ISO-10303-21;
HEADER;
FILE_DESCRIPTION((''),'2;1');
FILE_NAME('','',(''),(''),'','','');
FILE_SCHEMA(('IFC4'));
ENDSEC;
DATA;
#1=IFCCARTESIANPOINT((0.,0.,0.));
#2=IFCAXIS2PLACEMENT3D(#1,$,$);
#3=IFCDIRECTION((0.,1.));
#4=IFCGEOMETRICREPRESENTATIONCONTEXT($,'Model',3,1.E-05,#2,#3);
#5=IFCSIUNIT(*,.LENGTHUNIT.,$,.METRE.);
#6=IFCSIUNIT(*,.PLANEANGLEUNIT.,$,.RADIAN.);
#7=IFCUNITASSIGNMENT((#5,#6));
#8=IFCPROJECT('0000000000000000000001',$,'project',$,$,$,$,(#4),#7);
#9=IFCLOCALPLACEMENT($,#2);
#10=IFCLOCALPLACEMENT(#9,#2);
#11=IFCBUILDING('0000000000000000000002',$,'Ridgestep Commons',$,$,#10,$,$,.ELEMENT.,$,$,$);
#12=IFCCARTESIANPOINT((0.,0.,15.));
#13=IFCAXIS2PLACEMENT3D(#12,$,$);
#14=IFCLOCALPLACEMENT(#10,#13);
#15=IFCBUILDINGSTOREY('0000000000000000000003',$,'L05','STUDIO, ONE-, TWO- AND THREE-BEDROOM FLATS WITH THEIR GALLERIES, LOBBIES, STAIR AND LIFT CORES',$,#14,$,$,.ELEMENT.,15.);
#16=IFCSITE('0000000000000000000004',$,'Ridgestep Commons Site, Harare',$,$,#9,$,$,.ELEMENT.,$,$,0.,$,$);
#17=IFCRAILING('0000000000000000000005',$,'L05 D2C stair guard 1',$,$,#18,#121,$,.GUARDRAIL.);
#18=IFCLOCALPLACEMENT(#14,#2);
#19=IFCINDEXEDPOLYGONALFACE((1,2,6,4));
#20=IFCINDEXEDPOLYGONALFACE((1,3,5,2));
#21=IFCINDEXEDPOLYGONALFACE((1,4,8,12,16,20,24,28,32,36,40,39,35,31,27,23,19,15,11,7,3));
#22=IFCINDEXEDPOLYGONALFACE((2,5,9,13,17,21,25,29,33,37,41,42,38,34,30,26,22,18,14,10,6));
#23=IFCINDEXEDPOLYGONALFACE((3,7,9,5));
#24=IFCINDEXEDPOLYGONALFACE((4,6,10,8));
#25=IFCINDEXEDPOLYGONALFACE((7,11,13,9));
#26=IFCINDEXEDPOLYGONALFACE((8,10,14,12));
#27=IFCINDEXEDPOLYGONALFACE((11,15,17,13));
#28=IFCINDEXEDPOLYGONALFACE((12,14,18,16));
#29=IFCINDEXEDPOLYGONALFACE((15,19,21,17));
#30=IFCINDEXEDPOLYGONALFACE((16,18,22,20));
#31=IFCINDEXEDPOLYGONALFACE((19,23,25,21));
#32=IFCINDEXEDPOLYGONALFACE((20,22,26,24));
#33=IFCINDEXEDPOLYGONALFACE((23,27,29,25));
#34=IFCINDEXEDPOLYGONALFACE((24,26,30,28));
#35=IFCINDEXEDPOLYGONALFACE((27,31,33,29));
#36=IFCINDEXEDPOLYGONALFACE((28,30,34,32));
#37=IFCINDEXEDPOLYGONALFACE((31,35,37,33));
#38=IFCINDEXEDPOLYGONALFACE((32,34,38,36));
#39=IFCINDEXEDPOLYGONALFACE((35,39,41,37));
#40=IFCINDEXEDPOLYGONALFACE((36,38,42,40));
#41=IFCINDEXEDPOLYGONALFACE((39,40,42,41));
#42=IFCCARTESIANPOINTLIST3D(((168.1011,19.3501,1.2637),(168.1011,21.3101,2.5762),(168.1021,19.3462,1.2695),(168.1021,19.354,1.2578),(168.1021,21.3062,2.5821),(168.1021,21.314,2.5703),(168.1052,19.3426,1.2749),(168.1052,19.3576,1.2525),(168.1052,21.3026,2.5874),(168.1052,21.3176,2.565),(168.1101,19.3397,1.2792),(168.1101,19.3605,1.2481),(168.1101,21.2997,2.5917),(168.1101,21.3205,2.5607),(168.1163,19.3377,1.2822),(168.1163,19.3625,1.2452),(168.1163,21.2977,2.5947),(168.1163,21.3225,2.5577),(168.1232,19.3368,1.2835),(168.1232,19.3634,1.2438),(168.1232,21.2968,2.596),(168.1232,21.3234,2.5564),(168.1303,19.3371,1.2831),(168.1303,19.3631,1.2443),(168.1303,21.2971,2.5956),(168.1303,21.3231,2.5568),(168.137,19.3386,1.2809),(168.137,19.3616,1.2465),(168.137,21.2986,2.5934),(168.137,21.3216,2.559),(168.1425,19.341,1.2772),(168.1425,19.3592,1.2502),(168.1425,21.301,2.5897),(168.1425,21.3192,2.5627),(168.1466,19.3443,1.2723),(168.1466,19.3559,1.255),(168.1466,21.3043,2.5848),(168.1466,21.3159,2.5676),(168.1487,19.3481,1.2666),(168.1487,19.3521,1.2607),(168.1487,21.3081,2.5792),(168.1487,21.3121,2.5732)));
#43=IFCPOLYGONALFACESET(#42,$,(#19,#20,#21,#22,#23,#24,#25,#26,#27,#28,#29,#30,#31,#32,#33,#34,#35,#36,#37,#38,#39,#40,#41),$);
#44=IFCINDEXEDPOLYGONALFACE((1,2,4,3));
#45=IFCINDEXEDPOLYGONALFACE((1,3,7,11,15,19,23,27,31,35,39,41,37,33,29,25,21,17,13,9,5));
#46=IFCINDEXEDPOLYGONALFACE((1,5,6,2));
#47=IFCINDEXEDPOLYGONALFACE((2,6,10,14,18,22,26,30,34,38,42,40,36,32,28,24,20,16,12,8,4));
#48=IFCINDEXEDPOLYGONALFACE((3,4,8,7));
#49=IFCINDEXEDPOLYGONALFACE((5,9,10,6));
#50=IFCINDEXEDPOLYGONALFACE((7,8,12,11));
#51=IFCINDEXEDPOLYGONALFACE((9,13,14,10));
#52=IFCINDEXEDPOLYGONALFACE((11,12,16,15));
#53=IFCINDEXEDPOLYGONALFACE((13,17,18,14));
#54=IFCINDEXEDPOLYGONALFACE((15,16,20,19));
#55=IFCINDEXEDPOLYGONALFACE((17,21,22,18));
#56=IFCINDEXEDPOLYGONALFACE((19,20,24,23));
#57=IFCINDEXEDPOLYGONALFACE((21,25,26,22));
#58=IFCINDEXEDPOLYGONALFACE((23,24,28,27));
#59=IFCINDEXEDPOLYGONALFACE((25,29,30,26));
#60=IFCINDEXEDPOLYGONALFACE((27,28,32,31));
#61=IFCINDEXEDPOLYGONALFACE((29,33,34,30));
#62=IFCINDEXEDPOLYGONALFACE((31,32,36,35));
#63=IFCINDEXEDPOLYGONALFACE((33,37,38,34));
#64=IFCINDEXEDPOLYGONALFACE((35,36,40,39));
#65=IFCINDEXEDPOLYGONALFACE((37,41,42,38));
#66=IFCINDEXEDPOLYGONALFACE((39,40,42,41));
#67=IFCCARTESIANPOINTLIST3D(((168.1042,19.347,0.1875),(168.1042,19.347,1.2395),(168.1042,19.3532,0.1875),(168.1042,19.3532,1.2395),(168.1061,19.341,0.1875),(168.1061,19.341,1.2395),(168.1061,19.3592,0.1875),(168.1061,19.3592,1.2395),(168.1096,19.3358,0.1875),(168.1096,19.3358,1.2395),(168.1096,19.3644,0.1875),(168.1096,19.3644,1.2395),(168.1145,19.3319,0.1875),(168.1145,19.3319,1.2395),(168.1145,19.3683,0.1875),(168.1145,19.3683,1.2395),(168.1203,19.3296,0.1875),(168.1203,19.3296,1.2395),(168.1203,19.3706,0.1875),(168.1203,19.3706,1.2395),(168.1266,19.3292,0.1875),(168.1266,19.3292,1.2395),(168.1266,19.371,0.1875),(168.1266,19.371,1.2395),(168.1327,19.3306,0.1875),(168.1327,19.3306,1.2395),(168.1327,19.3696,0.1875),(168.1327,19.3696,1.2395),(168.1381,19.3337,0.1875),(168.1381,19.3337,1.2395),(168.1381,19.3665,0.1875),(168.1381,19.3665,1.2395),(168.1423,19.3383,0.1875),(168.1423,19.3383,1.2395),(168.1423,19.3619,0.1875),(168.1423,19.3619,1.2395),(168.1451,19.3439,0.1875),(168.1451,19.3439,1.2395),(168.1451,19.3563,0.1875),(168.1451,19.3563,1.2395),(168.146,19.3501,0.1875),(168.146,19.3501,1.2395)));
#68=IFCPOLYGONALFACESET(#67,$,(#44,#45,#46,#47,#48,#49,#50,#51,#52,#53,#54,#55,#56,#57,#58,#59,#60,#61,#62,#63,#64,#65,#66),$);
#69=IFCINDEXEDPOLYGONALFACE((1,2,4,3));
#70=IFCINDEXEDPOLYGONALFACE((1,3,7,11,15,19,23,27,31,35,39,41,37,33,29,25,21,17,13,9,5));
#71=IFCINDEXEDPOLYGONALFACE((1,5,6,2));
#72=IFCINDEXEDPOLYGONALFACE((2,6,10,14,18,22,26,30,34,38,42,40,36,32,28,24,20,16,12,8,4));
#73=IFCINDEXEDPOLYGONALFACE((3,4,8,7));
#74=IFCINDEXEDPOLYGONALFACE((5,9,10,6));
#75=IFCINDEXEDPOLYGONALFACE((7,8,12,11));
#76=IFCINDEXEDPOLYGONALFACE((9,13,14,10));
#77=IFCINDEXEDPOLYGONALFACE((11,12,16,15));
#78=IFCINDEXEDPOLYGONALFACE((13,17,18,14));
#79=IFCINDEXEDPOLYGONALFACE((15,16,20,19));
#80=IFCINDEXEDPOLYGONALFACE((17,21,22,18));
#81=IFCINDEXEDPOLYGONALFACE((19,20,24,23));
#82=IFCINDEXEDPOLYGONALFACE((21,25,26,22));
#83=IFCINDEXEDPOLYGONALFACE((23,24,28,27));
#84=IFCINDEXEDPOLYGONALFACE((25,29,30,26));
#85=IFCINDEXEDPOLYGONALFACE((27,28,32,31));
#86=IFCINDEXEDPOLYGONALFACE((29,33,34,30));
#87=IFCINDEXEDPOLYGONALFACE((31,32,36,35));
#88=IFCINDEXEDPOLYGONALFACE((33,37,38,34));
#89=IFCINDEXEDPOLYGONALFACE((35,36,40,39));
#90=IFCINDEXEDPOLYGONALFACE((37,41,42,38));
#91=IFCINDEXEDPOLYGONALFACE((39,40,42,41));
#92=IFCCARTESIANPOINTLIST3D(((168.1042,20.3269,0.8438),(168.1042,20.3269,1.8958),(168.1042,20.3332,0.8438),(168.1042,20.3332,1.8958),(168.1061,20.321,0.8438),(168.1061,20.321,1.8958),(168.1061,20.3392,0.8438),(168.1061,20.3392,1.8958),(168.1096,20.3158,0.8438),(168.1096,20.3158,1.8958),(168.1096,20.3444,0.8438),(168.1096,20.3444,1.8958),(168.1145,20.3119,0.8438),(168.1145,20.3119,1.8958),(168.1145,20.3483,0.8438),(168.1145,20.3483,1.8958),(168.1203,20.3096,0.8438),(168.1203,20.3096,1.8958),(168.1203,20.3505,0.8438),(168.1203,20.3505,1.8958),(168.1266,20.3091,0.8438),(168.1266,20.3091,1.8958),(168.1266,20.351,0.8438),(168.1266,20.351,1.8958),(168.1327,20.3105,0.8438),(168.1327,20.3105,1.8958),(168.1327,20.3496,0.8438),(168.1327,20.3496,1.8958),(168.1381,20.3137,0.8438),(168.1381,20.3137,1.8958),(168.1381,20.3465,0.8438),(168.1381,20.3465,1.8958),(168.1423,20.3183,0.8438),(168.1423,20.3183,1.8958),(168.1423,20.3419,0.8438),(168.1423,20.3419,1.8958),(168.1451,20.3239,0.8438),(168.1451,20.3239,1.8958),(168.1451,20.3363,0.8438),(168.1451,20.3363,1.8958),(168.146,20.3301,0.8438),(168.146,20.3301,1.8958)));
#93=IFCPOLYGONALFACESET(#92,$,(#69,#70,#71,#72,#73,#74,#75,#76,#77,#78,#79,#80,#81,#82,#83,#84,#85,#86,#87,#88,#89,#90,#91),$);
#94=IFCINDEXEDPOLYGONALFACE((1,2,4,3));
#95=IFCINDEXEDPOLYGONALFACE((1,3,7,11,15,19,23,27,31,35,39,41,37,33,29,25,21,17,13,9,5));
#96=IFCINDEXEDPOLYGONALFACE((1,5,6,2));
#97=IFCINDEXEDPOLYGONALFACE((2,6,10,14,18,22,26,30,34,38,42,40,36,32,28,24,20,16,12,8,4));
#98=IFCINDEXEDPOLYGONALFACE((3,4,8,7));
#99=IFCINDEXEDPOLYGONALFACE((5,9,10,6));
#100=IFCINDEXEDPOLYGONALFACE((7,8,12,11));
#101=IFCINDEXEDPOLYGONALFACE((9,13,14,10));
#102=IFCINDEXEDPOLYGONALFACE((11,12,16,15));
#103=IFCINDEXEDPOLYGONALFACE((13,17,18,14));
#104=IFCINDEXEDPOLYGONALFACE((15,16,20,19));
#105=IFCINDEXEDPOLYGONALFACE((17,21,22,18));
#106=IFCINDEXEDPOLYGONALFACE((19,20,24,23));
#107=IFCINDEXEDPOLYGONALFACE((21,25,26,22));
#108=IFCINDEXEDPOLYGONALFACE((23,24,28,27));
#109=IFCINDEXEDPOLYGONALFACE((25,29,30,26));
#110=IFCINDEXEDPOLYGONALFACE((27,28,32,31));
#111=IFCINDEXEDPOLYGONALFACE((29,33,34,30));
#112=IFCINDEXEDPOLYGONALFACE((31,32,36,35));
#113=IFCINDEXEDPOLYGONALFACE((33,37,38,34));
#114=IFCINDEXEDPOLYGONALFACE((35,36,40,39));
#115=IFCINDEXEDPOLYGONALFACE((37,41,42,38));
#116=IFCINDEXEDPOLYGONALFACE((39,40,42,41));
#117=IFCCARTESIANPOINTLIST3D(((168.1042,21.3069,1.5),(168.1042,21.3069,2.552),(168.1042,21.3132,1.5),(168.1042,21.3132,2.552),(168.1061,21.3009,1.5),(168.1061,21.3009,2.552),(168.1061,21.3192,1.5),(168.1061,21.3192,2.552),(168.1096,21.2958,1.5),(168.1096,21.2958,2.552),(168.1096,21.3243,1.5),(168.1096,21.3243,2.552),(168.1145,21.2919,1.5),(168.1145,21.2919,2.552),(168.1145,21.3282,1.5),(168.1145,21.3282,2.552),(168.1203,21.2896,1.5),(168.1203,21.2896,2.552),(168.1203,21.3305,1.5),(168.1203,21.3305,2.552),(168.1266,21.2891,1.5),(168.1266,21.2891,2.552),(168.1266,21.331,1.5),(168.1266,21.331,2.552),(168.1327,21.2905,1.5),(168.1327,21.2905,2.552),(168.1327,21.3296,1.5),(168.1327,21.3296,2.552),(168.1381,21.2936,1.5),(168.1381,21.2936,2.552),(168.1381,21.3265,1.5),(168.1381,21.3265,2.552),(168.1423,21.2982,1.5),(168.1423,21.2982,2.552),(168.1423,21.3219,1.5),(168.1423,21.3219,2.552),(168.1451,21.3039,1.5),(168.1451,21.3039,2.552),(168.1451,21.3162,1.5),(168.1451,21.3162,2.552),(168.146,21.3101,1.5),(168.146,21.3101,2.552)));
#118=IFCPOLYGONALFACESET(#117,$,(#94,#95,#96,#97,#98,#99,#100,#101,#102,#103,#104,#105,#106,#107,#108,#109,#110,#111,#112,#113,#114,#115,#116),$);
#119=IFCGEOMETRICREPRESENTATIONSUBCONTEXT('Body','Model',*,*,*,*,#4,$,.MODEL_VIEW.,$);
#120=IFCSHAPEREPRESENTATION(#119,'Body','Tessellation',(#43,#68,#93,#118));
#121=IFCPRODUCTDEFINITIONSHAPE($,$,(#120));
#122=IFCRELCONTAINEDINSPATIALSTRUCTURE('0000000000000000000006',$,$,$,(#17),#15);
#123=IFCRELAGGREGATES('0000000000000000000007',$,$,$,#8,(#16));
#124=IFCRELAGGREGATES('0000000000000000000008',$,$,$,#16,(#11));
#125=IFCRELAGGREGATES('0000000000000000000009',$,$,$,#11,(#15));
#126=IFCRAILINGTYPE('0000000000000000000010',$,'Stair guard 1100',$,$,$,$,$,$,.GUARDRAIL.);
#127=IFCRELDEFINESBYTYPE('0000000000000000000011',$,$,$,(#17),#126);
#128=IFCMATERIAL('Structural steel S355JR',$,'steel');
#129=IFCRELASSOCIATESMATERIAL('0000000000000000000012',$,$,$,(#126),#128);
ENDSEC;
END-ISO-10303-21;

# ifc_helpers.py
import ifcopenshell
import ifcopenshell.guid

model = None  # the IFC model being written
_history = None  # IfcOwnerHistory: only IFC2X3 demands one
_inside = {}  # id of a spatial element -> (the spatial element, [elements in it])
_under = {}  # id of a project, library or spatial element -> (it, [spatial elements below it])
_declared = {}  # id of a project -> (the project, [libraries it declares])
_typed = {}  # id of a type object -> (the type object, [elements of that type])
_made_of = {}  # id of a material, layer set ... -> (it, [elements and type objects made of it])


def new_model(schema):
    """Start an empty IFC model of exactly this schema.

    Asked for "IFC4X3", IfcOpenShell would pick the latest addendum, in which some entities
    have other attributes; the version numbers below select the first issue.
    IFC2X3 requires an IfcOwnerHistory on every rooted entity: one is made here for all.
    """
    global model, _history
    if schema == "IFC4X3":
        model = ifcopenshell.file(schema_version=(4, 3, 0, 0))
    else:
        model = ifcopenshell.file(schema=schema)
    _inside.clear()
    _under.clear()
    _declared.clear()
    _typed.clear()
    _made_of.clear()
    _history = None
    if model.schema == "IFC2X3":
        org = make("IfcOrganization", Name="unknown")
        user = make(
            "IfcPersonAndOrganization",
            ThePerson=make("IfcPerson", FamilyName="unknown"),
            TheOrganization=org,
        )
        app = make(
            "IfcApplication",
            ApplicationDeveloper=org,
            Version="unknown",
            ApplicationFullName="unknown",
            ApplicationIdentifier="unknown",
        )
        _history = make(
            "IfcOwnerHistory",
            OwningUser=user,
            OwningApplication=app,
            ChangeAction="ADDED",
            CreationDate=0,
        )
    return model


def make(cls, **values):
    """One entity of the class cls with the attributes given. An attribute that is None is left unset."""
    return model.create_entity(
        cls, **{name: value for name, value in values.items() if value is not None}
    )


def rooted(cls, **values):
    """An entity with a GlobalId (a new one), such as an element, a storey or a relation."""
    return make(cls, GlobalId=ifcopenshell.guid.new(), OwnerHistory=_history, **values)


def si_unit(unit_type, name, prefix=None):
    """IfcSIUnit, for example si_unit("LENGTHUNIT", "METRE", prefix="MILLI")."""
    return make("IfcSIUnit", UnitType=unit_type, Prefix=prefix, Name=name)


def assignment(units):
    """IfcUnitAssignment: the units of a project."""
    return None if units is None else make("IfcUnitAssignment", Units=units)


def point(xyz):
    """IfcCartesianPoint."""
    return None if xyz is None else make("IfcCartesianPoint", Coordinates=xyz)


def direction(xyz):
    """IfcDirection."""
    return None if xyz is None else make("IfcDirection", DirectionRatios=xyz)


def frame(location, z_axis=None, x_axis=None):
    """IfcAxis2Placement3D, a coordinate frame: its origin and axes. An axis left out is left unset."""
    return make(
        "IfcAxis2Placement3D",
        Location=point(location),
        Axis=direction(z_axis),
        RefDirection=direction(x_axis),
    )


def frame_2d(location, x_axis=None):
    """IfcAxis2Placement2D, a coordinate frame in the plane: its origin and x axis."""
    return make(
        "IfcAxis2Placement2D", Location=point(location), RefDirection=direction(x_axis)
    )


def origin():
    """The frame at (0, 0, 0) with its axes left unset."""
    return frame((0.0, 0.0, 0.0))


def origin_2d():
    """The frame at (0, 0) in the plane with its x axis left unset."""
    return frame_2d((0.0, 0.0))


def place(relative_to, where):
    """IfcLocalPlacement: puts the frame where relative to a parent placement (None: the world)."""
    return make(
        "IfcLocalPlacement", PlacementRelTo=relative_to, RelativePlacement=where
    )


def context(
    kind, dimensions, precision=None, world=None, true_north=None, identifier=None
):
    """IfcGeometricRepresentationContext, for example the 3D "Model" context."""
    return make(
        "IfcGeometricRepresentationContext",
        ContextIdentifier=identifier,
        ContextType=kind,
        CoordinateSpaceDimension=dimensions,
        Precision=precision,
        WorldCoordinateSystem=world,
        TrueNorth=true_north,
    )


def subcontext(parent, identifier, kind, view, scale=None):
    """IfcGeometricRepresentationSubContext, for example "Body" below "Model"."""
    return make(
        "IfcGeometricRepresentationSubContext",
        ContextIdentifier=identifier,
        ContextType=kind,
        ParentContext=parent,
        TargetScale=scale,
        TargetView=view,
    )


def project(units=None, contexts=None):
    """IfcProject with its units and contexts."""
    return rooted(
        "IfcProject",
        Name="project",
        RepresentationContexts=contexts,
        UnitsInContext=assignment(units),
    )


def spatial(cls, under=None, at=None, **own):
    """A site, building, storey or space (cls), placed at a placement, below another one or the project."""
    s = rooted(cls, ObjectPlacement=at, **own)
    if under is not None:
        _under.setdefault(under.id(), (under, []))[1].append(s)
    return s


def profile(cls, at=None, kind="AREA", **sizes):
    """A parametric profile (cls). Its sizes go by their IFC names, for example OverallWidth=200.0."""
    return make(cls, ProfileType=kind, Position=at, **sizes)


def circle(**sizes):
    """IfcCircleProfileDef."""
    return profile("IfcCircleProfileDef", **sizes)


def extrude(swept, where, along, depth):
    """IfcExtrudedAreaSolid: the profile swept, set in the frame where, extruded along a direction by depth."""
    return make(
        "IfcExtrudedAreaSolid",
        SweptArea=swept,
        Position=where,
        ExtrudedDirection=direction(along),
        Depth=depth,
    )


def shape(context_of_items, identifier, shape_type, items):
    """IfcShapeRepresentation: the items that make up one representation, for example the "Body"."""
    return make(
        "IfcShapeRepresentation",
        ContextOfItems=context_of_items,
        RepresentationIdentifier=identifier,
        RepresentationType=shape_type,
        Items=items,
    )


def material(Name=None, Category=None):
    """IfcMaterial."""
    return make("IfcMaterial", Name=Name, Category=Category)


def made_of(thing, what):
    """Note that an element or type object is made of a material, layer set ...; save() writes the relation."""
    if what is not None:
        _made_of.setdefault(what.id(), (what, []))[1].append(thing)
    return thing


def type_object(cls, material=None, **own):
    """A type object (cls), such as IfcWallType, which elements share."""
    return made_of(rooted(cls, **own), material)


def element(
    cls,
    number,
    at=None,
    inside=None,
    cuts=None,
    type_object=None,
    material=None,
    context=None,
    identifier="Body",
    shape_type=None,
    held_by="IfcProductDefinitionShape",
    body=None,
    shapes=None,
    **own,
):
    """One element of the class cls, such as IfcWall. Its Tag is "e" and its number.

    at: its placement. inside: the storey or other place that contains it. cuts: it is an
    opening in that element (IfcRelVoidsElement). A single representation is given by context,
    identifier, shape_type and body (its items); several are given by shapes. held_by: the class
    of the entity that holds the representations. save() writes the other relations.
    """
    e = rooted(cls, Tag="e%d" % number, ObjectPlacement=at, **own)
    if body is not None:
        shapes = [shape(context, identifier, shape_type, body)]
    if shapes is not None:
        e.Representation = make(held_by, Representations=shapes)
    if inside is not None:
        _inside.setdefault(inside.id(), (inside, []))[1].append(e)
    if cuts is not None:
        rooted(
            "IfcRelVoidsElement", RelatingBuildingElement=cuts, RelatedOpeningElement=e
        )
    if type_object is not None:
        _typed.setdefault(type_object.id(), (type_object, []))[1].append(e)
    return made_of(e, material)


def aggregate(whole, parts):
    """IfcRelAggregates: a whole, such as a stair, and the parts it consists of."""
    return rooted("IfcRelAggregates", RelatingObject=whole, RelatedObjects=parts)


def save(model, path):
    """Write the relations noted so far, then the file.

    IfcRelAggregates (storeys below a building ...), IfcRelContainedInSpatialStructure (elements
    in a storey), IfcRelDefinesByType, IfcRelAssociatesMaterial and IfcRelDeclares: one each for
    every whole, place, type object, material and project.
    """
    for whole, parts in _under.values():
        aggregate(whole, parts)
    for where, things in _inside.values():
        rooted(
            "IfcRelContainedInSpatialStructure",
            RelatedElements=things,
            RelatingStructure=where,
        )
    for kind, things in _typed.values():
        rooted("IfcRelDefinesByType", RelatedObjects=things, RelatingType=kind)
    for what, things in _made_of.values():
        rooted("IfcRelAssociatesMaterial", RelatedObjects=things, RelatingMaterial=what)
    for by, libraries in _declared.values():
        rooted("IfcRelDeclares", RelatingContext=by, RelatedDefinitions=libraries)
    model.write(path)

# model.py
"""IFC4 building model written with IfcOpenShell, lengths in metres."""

from ifc_helpers import new_model, si_unit, direction, frame, origin, origin_2d, place, context, subcontext, project, spatial, circle, extrude, material, type_object, element, save


model = new_model("IFC4")

# Units and contexts
model_context = context("Model", 3, precision=1e-05, world=origin(), true_north=direction((0.0, 1.0)))
body_context = subcontext(model_context, "Body", "Model", "MODEL_VIEW")
ifc_project = project(units=[si_unit("LENGTHUNIT", "METRE"), si_unit("PLANEANGLEUNIT", "RADIAN")], contexts=[model_context])

# Site, building, storey
site_placement = place(None, origin())
site = spatial("IfcSite", under=ifc_project, at=site_placement, Name="Ridgestep Commons Site, Harare", CompositionType="ELEMENT", RefElevation=0.0)
building_placement = place(site_placement, origin())
building = spatial("IfcBuilding", under=site, at=building_placement, Name="Ridgestep Commons", CompositionType="ELEMENT")
storey_placement = place(building_placement, frame((0.0, 0.0, 15.0)))
storey = spatial("IfcBuildingStorey", under=building, at=storey_placement, Name="L05", Description="STUDIO, ONE-, TWO- AND THREE-BEDROOM FLATS WITH THEIR GALLERIES, LOBBIES, STAIR AND LIFT CORES", CompositionType="ELEMENT", Elevation=15.0)

# Railing
ifc_material_1 = material(Name="Structural steel S355JR", Category="steel")
railing_type_1 = type_object("IfcRailingType", Name="Stair guard 1100", PredefinedType="GUARDRAIL", material=ifc_material_1)
railing_1_placement = place(storey_placement, frame((168.125, 19.3501, 0.1875)))
element("IfcRailing", 1, at=railing_1_placement, inside=storey, type_object=railing_type_1, Name="L05 D2C stair guard 1", PredefinedType="GUARDRAIL", context=body_context, shape_type="SweptSolid", body=[
    extrude(circle(Radius=0.0239, at=origin_2d()), frame((0.0, 0.0, 1.0762), z_axis=(0.0, 0.830902, 0.556419), x_axis=(-1.0, 0.0, 0.0)), (0.0, 0.0, 1.0), 2.3589),
    extrude(circle(Radius=0.021, at=origin_2d()), origin(), (0.0, 0.0, 1.0), 1.052),
    extrude(circle(Radius=0.021, at=origin_2d()), frame((0.0, 0.98, 0.6562)), (0.0, 0.0, 1.0), 1.052),
    extrude(circle(Radius=0.021, at=origin_2d()), frame((0.0, 1.96, 1.3125)), (0.0, 0.0, 1.0), 1.052),
])

save(model, "model.ifc")
